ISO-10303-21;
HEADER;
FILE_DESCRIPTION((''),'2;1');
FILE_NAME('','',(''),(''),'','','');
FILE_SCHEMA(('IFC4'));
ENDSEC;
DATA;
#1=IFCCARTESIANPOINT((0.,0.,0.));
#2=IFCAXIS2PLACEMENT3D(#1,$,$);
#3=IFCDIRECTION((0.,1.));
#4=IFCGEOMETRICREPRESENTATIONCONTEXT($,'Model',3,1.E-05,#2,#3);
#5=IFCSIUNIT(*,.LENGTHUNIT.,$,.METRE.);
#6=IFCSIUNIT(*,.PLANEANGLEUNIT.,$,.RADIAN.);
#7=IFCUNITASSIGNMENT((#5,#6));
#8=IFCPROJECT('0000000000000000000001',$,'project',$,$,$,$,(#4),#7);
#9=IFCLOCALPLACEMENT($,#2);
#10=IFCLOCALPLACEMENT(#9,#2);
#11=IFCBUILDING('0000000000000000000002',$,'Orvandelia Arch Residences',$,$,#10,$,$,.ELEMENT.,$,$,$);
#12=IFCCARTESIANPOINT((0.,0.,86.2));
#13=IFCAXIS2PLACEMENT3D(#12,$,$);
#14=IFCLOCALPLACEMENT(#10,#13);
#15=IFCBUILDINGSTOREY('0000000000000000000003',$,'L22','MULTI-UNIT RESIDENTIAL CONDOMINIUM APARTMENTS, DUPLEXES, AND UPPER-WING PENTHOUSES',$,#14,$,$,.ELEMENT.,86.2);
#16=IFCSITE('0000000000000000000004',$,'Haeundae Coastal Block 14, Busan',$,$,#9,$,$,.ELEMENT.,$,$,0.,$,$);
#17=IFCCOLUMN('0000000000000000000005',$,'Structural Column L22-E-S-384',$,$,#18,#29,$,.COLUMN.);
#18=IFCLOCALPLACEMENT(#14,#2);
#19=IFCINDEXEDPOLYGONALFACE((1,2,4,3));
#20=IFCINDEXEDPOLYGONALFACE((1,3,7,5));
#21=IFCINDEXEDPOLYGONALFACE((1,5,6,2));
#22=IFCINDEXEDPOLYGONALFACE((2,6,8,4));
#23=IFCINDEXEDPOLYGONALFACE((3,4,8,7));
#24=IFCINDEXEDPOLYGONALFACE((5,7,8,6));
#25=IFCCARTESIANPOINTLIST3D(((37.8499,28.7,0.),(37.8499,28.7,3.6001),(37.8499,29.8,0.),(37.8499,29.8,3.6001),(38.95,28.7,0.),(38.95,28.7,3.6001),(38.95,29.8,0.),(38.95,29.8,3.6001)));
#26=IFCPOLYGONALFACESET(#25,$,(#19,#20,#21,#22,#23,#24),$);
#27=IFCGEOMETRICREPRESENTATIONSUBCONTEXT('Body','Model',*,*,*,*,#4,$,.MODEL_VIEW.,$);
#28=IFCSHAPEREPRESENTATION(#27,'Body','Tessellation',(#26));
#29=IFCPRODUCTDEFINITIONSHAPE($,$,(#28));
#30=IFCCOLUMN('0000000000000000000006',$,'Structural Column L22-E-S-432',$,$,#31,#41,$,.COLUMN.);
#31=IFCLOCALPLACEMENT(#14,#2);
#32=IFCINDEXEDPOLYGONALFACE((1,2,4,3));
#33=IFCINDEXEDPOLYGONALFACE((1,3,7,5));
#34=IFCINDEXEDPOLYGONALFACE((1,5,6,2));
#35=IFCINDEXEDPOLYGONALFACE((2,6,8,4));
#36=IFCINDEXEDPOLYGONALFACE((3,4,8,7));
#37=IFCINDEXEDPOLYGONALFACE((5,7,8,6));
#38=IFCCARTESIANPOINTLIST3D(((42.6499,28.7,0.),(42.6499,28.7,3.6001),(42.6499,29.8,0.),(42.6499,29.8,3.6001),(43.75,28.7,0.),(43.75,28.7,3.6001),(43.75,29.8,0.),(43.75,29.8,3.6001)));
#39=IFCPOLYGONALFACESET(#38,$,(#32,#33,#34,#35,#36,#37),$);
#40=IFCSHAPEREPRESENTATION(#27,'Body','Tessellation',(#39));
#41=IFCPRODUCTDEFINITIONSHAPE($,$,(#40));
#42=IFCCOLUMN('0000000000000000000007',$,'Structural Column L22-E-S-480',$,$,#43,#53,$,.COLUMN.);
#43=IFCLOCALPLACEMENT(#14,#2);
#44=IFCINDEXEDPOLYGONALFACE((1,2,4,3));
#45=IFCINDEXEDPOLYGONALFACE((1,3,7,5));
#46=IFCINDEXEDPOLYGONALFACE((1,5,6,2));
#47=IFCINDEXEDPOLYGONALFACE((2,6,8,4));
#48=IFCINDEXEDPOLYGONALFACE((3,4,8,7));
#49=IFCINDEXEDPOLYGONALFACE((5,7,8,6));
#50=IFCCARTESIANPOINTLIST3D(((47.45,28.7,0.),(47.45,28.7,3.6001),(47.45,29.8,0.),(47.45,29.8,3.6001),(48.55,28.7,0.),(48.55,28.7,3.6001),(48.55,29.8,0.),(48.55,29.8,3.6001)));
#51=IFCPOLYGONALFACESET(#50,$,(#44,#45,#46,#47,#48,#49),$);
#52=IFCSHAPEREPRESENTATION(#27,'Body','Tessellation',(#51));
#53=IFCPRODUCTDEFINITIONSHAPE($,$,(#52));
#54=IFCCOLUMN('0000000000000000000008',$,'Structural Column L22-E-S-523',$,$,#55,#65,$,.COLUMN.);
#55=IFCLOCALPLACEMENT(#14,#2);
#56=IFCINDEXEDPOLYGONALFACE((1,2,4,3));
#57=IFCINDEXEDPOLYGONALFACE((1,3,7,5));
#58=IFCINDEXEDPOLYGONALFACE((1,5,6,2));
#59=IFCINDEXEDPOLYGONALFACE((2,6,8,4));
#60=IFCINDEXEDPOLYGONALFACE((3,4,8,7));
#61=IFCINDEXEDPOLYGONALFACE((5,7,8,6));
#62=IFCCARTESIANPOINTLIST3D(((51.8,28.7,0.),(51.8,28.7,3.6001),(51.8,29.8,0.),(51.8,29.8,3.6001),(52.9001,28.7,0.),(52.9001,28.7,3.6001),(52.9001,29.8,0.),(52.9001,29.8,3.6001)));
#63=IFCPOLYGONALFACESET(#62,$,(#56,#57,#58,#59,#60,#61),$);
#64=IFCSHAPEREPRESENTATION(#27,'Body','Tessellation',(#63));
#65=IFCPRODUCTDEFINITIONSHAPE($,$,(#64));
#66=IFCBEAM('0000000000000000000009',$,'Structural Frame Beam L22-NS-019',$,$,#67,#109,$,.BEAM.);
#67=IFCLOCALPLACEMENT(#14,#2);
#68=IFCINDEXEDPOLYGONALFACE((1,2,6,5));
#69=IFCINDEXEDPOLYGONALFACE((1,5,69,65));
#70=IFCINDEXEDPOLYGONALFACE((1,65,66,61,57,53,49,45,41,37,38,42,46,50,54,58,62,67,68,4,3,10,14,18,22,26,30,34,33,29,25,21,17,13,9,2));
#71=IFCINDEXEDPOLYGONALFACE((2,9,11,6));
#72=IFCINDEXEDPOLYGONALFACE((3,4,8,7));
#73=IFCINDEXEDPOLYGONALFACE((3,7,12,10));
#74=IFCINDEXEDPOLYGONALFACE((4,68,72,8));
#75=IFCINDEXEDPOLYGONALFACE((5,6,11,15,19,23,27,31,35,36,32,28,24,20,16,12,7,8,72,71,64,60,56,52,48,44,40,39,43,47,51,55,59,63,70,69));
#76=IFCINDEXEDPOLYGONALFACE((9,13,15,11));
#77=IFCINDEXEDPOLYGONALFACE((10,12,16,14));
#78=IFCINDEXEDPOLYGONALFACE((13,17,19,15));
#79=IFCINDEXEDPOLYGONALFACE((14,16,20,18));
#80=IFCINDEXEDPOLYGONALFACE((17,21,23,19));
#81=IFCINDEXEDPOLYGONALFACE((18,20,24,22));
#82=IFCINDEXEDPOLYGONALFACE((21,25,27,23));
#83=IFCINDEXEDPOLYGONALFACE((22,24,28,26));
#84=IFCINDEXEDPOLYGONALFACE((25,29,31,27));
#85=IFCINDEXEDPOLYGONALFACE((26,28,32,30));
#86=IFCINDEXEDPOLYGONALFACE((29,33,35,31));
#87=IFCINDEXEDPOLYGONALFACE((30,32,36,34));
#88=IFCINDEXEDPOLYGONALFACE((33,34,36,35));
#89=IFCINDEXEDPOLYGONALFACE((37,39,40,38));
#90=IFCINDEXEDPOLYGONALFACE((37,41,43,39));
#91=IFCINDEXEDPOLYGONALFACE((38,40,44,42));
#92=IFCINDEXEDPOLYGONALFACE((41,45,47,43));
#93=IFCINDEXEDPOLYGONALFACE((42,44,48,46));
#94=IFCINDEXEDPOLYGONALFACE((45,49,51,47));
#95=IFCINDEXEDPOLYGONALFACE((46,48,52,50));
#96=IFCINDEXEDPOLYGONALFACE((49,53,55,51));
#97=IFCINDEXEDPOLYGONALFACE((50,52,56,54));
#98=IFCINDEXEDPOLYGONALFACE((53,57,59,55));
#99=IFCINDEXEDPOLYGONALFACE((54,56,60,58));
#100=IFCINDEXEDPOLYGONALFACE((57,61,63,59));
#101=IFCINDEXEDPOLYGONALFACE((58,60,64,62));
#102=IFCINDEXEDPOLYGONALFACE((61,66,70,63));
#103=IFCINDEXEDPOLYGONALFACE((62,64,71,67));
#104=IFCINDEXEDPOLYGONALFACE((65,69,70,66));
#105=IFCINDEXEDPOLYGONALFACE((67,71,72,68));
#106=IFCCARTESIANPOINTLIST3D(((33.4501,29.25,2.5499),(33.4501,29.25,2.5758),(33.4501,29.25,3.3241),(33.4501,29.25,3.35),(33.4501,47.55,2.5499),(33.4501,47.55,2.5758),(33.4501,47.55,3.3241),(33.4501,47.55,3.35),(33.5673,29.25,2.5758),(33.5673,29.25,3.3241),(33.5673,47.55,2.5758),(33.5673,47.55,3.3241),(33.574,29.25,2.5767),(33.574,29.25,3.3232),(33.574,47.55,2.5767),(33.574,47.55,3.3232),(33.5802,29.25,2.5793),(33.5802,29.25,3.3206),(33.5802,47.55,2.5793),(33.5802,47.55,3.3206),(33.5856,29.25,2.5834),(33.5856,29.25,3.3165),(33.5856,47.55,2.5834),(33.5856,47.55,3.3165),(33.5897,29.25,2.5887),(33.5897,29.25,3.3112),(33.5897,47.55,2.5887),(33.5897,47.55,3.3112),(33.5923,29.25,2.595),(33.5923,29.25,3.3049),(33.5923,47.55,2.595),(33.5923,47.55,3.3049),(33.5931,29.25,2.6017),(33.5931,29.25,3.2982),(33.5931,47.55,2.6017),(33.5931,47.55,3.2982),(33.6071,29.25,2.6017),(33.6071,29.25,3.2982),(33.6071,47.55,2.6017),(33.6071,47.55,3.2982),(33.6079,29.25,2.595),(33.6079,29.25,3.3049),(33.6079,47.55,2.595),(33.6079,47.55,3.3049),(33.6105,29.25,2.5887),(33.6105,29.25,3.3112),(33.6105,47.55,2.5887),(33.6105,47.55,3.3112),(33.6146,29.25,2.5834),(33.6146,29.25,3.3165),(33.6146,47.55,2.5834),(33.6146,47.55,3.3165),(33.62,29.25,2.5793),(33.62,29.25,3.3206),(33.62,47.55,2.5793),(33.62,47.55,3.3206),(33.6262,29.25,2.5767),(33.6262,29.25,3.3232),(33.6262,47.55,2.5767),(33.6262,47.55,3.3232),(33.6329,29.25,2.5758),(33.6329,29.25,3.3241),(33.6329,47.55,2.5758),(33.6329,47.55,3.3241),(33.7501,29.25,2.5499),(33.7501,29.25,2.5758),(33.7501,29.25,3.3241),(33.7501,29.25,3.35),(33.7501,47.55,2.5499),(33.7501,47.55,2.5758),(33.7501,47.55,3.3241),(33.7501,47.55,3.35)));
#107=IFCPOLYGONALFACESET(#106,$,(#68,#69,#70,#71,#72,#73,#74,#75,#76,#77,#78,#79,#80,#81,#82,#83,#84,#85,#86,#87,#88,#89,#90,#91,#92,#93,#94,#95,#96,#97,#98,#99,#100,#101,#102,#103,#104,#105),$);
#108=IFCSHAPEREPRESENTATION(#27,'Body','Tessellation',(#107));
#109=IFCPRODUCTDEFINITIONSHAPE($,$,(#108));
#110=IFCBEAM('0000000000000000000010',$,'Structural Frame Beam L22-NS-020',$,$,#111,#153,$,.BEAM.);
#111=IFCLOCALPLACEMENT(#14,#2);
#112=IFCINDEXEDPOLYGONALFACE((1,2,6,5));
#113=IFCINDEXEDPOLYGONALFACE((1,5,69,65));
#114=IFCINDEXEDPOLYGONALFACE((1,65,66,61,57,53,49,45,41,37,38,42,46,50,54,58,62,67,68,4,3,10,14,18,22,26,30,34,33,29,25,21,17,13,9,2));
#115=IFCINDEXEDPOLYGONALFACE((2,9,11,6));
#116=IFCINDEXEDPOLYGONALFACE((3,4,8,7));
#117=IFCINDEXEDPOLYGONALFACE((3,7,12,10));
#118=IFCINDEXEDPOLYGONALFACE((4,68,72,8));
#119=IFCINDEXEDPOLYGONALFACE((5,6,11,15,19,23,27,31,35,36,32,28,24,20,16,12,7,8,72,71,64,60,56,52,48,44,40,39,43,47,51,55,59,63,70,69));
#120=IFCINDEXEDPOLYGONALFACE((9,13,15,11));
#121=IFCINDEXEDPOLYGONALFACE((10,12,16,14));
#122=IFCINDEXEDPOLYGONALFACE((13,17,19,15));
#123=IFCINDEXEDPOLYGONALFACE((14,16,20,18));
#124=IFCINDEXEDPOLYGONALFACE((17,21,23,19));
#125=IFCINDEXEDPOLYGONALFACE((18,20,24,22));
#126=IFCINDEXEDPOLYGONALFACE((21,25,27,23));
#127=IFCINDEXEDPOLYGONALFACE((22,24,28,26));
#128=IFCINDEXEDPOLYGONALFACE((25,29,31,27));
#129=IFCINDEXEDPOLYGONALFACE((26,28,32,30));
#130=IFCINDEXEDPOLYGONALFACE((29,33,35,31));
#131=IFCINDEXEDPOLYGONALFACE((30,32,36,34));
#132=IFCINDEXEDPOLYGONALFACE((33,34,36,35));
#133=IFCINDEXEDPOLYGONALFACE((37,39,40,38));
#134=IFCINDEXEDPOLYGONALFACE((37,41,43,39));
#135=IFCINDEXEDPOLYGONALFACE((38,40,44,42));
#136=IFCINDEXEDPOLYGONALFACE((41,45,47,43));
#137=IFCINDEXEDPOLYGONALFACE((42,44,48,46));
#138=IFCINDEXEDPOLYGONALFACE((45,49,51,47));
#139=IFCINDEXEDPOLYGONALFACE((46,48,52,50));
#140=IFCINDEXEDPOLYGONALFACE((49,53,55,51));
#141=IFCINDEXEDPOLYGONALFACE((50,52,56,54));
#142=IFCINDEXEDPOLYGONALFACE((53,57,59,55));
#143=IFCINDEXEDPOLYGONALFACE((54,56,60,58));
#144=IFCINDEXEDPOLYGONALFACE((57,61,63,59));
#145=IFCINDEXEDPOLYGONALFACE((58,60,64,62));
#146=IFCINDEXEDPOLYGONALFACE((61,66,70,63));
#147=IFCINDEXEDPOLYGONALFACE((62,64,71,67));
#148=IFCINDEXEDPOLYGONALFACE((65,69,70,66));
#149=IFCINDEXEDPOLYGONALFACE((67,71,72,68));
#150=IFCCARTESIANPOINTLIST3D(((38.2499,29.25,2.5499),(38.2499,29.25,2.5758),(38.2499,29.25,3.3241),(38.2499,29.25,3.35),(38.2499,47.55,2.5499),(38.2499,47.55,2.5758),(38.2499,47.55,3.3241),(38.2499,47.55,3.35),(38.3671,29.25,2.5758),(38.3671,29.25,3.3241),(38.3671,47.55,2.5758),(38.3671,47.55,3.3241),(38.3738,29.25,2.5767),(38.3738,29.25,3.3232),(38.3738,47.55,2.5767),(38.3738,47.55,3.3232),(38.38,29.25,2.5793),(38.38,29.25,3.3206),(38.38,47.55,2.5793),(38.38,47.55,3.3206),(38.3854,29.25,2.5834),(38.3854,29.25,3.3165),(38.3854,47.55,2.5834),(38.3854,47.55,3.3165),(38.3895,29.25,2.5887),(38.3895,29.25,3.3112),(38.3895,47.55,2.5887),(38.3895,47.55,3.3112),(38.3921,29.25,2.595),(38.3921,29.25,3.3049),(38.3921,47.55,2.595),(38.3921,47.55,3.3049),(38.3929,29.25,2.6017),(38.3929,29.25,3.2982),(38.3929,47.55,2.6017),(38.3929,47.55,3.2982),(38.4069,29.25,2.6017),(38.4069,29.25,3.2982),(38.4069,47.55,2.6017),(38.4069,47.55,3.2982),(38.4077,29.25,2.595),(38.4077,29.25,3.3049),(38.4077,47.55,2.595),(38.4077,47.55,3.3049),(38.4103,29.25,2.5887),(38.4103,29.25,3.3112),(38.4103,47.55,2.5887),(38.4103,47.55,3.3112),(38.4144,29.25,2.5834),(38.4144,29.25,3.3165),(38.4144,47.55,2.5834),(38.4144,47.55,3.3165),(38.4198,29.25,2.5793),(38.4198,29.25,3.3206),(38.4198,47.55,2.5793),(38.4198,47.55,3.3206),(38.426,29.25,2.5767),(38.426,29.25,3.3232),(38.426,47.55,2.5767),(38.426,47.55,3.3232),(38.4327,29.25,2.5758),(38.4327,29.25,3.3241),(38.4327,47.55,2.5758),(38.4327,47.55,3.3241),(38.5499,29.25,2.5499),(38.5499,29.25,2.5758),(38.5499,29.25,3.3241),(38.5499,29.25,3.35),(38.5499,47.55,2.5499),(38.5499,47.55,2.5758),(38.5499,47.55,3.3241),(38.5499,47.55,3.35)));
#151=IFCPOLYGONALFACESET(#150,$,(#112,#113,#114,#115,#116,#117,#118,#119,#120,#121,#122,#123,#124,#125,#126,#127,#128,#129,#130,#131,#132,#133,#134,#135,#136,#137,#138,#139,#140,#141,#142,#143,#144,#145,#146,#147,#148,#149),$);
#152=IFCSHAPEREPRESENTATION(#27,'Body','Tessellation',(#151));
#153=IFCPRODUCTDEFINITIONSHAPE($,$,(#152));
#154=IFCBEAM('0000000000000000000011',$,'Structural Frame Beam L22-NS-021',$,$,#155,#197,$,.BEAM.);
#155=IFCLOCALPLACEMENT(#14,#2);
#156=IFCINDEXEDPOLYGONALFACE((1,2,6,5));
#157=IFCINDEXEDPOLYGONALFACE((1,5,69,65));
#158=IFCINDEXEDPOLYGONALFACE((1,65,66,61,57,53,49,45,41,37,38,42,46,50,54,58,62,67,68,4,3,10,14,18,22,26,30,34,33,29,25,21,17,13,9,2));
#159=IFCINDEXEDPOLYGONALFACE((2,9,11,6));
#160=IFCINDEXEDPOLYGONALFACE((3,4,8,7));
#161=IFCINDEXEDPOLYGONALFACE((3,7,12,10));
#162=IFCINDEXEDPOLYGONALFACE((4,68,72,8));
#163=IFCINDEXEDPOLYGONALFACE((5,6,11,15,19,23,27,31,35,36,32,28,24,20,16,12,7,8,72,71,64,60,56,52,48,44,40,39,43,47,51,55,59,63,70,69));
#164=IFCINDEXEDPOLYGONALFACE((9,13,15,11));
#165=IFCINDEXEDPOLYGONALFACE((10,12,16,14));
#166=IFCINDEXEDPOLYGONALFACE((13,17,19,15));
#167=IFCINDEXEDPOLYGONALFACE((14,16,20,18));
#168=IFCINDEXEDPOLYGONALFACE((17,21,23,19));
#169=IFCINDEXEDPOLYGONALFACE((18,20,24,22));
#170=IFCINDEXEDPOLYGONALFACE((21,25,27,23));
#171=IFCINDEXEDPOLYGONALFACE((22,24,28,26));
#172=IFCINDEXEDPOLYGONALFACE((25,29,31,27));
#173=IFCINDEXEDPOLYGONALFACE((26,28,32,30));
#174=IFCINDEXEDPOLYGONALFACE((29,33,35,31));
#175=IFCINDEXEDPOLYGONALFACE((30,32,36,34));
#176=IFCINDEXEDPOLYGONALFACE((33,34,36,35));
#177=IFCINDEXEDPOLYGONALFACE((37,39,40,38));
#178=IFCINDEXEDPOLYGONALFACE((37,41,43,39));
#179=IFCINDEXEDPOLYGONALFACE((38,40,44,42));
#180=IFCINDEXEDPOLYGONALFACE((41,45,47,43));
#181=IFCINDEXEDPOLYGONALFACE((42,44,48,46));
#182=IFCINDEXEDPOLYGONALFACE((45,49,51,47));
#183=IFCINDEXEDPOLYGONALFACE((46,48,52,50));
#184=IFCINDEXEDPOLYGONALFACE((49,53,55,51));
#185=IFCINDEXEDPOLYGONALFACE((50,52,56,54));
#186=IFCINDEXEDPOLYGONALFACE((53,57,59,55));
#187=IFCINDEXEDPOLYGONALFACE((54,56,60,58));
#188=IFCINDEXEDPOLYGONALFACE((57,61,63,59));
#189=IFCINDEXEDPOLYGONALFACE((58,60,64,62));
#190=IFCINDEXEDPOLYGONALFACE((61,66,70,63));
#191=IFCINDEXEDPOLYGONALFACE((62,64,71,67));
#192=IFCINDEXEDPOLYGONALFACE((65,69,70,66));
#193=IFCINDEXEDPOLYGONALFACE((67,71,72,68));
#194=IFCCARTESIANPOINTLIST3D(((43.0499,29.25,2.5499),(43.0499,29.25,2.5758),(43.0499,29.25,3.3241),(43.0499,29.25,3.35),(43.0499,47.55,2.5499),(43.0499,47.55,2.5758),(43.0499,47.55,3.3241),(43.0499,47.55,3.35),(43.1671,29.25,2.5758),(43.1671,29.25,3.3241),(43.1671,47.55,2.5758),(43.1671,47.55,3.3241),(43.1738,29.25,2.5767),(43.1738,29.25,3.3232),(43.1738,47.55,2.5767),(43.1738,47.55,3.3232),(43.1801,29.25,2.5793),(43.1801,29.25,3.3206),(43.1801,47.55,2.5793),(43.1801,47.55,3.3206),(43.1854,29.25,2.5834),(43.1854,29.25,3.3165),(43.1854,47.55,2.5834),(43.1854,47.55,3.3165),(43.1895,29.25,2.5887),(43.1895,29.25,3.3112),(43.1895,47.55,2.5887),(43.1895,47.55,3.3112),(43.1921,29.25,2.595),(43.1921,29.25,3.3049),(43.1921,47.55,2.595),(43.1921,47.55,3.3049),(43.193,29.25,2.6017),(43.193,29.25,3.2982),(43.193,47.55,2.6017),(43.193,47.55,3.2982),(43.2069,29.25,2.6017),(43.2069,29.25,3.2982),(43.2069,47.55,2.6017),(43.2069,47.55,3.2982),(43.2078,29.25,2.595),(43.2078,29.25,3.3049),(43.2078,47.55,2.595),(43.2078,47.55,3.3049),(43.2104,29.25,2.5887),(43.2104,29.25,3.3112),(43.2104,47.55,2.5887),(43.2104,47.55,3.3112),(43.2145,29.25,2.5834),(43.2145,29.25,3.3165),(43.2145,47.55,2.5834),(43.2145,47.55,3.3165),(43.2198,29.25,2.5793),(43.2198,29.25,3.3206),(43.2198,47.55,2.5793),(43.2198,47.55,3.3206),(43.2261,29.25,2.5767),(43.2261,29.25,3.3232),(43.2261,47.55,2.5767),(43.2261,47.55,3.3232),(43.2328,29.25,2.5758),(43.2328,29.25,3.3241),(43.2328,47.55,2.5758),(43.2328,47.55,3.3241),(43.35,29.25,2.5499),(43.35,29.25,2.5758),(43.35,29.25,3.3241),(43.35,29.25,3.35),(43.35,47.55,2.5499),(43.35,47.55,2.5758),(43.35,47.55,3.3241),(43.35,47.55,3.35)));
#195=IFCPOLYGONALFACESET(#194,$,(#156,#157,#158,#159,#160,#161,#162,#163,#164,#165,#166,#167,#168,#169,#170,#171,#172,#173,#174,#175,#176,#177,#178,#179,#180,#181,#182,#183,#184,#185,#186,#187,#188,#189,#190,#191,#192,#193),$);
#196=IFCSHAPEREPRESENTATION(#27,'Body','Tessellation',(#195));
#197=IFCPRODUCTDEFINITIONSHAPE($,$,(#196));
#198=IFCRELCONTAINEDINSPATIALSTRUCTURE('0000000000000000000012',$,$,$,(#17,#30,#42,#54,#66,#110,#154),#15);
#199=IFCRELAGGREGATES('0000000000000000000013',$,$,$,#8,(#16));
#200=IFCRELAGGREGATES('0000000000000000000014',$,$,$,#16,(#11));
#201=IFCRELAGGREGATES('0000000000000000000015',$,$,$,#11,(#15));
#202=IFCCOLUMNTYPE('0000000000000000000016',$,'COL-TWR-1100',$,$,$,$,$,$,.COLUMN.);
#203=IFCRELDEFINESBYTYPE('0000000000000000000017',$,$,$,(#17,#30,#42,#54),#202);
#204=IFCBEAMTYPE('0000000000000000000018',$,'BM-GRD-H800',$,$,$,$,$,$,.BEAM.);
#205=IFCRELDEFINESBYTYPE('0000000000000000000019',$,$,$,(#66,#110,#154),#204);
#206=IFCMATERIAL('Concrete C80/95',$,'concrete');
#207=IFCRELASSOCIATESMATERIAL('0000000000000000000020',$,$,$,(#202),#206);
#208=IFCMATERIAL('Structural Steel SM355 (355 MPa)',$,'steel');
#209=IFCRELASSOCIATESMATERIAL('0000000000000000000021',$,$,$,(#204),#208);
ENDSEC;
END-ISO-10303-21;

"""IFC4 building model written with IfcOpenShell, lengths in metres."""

from ifc_helpers import new_model, si_unit, direction, frame, origin, origin_2d, place, context, subcontext, project, spatial, rectangle, i_section, extrude, material, material_profile, profile_set, type_object, element, save


model = new_model("IFC4")

# Units and contexts
model_context = context("Model", 3, precision=1e-05, world=origin(), true_north=direction((0.0, 1.0)))
body_context = subcontext(model_context, "Body", "Model", "MODEL_VIEW")
ifc_project = project(units=[si_unit("LENGTHUNIT", "METRE"), si_unit("PLANEANGLEUNIT", "RADIAN")], contexts=[model_context])

# Site, building, storey
site_placement = place(None, origin())
site = spatial("IfcSite", under=ifc_project, at=site_placement, Name="Haeundae Coastal Block 14, Busan", CompositionType="ELEMENT", RefElevation=0.0)
building_placement = place(site_placement, origin())
building = spatial("IfcBuilding", under=site, at=building_placement, Name="Orvandelia Arch Residences", CompositionType="ELEMENT")
storey_placement = place(building_placement, frame((0.0, 0.0, 86.2)))
storey = spatial("IfcBuildingStorey", under=building, at=storey_placement, Name="L22", Description="MULTI-UNIT RESIDENTIAL CONDOMINIUM APARTMENTS, DUPLEXES, AND UPPER-WING PENTHOUSES", CompositionType="ELEMENT", Elevation=86.2)

# Columns
ifc_material_1 = material(Name="Concrete C80/95", Category="concrete")
ifc_material_profile_1 = material_profile(ifc_material_1, rectangle(XDim=1.1001, YDim=1.1001, at=origin_2d()), Name="Concrete C80/95", Category="concrete")
ifc_profile_set_1 = profile_set([ifc_material_profile_1], Name="Concrete C80/95")
column_type = type_object("IfcColumnType", Name="COL-TWR-1100", PredefinedType="COLUMN", material=ifc_profile_set_1)
for number, where, z_axis, x_axis, name in (
    (1, (38.3999, 29.25, 0.0), (0.0, 0.0, 1.0), (1.0, 0.0, 0.0), "Structural Column L22-E-S-384"),
    (2, (43.2, 29.25, 0.0), (0.0, 0.0, 1.0), (1.0, 0.0, 0.0), "Structural Column L22-E-S-432"),
    (3, (48.0, 29.25, 0.0), (0.0, 0.0, 1.0), (1.0, 0.0, 0.0), "Structural Column L22-E-S-480"),
    (4, (52.3501, 29.25, 0.0), (0.0, 0.0, 1.0), (1.0, 0.0, 0.0), "Structural Column L22-E-S-523"),
):
    element("IfcColumn", number, at=place(storey_placement, frame(where, z_axis=z_axis, x_axis=x_axis)), inside=storey, type_object=column_type, Name=name, PredefinedType="COLUMN", context=body_context, shape_type="SweptSolid", body=[
        extrude(rectangle(XDim=1.1001, YDim=1.1001, at=origin_2d()), origin(), (0.0, 0.0, 1.0), 3.6001),
    ])

# Beams
ifc_material_2 = material(Name="Structural Steel SM355 (355 MPa)", Category="steel")
ifc_material_profile_2 = material_profile(ifc_material_2, i_section(OverallWidth=0.3, OverallDepth=0.8, WebThickness=0.0139, FlangeThickness=0.0259, FilletRadius=0.0259, at=origin_2d()), Name="Structural Steel SM355 (355 MPa)", Category="steel")
ifc_profile_set_2 = profile_set([ifc_material_profile_2], Name="Structural Steel SM355 (355 MPa)")
beam_type = type_object("IfcBeamType", Name="BM-GRD-H800", PredefinedType="BEAM", material=ifc_profile_set_2)
for number, where, z_axis, x_axis, name in (
    (5, (33.6001, 29.25, 2.95), (0.0, 1.0, 0.0), (-1.0, 0.0, 0.0), "Structural Frame Beam L22-NS-019"),
    (6, (38.3999, 29.25, 2.95), (0.0, 1.0, 0.0), (-1.0, 0.0, 0.0), "Structural Frame Beam L22-NS-020"),
    (7, (43.2, 29.25, 2.95), (0.0, 1.0, 0.0), (-1.0, 0.0, 0.0), "Structural Frame Beam L22-NS-021"),
):
    element("IfcBeam", number, at=place(storey_placement, frame(where, z_axis=z_axis, x_axis=x_axis)), inside=storey, type_object=beam_type, Name=name, PredefinedType="BEAM", context=body_context, shape_type="SweptSolid", body=[
        extrude(i_section(OverallWidth=0.3, OverallDepth=0.8, WebThickness=0.0139, FlangeThickness=0.0259, FilletRadius=0.0259, at=origin_2d()), origin(), (0.0, 0.0, 1.0), 18.3),
    ])

save(model, "model.ifc")
